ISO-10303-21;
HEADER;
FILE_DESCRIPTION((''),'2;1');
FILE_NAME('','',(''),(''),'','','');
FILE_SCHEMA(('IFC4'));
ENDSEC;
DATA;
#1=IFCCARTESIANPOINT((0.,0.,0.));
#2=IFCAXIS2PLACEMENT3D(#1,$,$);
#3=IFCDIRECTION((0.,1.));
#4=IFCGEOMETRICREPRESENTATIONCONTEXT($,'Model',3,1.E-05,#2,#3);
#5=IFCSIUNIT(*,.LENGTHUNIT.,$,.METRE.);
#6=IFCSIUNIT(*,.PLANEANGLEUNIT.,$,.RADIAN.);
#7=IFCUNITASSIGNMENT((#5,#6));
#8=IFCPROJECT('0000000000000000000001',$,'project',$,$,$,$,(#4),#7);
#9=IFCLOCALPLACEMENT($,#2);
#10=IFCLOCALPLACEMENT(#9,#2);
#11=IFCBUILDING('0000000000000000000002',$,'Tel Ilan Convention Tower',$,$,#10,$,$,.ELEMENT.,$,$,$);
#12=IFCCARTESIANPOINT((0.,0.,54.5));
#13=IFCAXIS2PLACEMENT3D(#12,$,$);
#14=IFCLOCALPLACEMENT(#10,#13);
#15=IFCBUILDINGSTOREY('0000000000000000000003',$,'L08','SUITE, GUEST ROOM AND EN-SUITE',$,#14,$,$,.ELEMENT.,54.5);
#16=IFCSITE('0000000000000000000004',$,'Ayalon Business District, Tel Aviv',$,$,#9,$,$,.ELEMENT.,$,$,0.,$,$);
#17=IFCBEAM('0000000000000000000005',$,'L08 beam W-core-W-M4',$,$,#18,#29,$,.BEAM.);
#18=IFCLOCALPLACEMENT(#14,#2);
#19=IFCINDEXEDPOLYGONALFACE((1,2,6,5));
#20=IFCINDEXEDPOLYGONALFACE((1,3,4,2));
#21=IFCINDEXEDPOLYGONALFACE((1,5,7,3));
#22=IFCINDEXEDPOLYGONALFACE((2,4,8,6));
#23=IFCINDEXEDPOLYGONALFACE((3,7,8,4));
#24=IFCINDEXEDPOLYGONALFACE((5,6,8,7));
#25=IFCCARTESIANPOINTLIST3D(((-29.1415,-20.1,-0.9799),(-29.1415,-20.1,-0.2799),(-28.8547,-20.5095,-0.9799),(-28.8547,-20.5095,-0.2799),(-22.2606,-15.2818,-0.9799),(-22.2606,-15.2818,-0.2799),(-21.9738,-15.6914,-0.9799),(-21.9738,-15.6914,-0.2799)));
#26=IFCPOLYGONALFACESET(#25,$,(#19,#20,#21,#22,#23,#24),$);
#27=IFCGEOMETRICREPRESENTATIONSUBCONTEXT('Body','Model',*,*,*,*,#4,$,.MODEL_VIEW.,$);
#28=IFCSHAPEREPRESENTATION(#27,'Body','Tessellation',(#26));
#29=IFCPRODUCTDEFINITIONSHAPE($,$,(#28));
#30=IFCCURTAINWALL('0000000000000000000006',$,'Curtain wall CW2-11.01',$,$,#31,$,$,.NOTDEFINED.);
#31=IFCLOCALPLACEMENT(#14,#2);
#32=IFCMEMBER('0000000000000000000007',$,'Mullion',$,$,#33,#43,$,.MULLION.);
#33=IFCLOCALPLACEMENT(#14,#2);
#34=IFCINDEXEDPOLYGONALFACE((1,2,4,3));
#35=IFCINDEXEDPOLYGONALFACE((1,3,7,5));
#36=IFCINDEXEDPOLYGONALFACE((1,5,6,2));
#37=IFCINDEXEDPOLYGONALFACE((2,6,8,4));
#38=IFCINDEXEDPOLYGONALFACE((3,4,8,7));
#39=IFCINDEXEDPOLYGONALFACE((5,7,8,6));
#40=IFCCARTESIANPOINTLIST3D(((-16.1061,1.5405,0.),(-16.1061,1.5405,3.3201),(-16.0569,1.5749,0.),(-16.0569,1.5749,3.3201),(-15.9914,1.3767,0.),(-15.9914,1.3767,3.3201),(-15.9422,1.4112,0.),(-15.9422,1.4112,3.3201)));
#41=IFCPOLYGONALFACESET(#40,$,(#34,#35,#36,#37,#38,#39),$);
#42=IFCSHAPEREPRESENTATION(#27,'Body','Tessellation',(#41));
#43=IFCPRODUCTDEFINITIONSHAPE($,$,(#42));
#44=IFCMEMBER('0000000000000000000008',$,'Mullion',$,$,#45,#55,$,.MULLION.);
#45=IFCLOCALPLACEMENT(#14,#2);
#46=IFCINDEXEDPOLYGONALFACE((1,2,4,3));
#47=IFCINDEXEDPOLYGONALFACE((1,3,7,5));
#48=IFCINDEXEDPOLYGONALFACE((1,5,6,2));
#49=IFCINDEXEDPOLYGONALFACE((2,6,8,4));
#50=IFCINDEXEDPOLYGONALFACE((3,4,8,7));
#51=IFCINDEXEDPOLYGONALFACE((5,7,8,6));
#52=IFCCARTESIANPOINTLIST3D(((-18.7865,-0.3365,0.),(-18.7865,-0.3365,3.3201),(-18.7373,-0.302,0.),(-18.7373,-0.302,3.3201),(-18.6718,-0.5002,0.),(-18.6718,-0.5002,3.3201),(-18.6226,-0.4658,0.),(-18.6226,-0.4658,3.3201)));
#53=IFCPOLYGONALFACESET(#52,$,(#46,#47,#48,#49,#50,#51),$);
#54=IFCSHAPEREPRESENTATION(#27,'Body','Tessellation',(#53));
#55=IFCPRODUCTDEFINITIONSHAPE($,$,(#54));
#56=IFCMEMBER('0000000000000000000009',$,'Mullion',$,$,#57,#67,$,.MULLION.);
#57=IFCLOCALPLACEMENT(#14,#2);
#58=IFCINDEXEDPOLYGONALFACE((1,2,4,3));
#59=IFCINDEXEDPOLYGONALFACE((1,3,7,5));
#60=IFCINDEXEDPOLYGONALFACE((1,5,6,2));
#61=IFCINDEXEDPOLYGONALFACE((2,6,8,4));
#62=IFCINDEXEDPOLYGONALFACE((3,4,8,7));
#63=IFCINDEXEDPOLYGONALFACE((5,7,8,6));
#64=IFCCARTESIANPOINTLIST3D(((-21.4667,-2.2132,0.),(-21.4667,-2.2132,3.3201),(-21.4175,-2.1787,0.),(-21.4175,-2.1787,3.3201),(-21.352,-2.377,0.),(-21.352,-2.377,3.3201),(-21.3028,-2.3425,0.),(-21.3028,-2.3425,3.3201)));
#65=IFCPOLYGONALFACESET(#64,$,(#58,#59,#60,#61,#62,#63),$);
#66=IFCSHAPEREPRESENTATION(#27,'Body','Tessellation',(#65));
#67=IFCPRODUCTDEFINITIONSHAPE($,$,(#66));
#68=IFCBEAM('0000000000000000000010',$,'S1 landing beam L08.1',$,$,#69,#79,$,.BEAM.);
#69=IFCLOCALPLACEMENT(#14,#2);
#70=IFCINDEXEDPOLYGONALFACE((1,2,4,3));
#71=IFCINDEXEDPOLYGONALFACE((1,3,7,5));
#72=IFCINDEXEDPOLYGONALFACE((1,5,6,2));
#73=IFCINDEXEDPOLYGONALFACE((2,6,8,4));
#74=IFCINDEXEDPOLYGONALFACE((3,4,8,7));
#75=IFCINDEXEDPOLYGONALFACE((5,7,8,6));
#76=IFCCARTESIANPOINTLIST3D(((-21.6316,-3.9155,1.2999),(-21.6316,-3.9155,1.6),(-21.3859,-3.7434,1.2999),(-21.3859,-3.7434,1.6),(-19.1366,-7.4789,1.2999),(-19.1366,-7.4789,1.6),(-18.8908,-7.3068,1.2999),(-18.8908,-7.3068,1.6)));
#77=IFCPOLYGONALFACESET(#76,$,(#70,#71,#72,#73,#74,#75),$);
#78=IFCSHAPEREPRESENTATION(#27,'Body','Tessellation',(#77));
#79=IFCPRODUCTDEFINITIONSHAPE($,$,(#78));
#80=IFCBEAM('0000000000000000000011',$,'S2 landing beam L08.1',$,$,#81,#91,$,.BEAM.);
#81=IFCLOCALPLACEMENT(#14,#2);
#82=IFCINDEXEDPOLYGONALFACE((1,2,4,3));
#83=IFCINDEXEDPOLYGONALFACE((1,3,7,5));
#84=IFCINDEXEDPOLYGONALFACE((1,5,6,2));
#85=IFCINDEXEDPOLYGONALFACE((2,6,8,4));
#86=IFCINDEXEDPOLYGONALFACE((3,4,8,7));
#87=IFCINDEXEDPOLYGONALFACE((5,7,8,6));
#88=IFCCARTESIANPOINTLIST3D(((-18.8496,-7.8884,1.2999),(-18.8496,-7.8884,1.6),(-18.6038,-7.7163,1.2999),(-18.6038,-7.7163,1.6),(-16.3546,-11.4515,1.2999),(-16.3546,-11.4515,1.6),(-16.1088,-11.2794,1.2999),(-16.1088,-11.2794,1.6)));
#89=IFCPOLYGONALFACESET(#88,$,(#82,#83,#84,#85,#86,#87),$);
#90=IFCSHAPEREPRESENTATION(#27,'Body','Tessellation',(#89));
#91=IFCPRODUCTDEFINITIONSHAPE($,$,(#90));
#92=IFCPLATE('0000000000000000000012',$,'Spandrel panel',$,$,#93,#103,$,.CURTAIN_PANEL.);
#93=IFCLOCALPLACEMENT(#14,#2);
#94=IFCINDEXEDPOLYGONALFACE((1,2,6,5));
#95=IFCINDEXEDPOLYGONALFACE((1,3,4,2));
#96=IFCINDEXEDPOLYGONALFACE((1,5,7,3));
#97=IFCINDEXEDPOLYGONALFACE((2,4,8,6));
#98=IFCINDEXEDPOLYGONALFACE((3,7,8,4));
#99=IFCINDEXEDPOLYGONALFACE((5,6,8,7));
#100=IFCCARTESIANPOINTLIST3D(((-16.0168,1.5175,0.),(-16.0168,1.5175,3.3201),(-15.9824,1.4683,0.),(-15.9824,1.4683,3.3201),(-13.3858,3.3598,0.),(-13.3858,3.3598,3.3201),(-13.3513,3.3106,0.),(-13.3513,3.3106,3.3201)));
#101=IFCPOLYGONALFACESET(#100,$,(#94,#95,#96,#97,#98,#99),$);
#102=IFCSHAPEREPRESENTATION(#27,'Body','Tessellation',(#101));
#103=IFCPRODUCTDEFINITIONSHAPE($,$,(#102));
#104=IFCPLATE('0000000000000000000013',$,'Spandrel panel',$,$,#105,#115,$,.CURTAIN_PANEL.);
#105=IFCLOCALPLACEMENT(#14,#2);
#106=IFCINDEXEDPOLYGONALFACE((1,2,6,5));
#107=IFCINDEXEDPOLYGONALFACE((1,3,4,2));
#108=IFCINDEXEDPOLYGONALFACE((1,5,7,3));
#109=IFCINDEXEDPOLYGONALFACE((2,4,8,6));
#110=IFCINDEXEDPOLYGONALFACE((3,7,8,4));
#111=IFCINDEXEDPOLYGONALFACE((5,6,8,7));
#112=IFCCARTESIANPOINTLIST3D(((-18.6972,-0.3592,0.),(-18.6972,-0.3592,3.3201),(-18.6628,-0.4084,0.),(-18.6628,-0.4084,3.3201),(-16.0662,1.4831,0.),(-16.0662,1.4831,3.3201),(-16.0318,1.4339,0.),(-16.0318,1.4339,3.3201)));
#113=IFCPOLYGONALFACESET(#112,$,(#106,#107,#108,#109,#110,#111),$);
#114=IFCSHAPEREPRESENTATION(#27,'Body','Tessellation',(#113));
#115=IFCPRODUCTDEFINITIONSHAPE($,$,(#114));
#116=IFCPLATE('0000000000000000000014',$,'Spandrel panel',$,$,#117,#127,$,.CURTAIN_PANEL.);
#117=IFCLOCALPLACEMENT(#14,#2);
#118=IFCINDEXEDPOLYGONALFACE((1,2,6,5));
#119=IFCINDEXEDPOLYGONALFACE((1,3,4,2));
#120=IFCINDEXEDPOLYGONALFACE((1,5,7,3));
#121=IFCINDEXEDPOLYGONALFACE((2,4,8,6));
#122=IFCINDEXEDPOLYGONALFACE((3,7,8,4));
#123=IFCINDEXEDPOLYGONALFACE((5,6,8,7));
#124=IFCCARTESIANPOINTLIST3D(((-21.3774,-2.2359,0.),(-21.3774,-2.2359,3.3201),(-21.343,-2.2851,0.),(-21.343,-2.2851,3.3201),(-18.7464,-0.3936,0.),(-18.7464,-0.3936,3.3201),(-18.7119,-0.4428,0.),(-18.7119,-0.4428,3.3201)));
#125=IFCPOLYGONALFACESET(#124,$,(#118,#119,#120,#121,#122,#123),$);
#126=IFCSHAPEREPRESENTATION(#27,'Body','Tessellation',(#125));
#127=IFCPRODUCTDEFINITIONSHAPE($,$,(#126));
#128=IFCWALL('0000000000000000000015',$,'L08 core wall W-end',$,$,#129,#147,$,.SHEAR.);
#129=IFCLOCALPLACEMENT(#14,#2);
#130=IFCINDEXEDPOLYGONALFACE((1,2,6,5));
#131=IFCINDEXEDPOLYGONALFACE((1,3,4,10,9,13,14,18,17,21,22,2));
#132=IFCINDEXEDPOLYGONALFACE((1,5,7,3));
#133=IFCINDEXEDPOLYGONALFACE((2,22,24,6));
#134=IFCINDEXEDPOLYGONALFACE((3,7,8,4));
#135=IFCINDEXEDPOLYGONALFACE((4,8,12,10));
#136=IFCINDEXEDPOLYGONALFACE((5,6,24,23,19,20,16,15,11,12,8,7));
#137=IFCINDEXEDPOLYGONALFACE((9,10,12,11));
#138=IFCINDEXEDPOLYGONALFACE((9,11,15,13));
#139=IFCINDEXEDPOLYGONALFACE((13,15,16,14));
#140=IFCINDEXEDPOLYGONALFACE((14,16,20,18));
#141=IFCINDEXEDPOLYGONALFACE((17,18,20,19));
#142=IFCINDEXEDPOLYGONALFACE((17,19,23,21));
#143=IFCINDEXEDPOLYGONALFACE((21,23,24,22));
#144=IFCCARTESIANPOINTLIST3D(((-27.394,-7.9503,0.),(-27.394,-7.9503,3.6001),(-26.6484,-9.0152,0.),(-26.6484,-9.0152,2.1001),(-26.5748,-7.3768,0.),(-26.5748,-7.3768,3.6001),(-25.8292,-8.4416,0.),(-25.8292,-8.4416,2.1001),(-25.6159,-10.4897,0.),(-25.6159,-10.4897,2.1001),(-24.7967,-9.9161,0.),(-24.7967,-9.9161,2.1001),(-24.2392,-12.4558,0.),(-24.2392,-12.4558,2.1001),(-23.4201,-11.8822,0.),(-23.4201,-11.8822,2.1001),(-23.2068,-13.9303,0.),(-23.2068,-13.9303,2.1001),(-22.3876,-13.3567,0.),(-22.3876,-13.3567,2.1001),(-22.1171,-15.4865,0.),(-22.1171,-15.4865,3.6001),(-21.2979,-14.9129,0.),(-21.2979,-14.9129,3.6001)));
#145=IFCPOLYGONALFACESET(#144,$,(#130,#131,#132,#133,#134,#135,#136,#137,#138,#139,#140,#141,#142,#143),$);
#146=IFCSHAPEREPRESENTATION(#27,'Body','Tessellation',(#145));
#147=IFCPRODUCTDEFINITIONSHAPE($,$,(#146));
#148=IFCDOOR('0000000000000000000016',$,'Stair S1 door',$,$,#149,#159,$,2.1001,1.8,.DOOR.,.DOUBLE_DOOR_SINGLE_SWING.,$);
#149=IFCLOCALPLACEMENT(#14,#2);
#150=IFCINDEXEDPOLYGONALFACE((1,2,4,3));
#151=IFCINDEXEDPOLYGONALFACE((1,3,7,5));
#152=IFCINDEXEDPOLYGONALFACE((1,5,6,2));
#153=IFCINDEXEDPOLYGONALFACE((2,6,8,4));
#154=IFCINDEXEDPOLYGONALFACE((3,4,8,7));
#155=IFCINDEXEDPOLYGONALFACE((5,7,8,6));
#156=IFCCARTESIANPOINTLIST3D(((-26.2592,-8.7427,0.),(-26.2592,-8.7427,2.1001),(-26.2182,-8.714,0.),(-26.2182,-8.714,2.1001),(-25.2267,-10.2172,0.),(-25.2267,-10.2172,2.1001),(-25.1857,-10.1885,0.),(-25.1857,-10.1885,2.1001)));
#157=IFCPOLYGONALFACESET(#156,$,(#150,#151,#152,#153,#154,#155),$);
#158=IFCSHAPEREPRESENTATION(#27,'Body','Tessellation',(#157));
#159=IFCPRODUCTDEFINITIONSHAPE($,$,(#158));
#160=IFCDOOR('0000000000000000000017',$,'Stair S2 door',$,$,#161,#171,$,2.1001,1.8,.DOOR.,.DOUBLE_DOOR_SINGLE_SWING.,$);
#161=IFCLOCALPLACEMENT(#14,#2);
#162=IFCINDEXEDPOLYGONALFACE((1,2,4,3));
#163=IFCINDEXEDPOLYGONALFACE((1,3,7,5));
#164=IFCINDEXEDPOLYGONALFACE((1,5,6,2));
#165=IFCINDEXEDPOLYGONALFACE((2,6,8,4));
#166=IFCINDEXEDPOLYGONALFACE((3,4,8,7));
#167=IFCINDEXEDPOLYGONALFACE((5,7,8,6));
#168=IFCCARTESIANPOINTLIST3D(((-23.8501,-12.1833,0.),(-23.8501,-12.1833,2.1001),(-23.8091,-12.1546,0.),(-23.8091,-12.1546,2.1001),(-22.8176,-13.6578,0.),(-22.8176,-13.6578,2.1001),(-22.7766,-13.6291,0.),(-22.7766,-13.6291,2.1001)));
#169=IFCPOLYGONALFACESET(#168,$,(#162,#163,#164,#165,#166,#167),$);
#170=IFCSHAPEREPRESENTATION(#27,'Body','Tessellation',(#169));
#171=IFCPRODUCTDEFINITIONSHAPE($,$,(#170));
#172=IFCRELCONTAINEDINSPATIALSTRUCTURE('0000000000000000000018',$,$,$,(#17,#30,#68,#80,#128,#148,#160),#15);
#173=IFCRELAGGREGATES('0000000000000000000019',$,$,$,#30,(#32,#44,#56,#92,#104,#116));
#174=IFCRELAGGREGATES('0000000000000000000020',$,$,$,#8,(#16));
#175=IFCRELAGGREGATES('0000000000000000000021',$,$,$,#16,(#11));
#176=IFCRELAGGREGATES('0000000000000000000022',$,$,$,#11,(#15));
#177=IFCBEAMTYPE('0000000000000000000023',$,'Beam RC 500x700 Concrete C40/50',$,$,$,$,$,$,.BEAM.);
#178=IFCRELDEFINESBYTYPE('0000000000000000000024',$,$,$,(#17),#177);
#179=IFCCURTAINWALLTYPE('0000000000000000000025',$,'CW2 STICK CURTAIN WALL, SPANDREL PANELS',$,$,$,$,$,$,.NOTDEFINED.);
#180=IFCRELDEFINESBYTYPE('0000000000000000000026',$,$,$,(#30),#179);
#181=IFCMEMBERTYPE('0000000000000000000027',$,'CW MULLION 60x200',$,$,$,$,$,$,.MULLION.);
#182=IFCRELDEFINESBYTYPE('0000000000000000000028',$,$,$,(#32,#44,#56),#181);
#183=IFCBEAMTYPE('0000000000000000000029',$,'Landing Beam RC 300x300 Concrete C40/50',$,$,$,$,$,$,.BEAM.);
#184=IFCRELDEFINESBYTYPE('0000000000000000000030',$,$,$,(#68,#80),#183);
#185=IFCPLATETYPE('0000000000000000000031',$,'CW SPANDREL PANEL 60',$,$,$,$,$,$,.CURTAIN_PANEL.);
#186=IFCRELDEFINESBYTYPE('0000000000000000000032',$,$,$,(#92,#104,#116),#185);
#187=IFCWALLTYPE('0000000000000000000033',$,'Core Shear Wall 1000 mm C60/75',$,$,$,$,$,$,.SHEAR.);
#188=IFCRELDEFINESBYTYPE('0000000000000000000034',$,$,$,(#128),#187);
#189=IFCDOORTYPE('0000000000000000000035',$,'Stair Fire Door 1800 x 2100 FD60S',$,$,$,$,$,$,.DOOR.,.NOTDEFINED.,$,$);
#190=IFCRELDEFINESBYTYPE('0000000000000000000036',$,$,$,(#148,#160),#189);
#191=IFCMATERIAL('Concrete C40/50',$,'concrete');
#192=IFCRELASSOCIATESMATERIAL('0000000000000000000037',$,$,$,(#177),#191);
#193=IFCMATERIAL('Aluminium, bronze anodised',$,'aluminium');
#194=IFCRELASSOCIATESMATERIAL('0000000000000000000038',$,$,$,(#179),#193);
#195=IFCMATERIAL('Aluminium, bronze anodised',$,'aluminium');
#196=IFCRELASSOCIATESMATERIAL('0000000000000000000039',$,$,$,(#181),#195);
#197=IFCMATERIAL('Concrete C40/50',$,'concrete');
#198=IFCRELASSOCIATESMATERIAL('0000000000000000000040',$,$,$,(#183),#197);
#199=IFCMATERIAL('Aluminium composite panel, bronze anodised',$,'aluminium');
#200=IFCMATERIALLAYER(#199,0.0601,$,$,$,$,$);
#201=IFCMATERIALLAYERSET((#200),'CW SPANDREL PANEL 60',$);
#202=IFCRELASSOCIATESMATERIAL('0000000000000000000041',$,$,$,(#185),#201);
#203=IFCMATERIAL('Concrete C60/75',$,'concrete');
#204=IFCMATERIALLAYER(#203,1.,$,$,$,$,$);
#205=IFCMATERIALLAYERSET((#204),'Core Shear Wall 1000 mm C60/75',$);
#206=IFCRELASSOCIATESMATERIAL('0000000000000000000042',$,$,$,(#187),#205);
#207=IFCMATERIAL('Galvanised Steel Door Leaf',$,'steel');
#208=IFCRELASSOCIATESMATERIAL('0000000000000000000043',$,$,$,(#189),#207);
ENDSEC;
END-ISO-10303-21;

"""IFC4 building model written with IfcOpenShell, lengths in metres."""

from ifc_helpers import new_model, si_unit, direction, frame, frame_2d, origin, origin_2d, place, context, subcontext, project, spatial, polyline, rectangle, outline, extrude, material, layer, layer_set, material_profile, profile_set, type_object, element, fill, aggregate, save


model = new_model("IFC4")

# Units and contexts
model_context = context("Model", 3, precision=1e-05, world=origin(), true_north=direction((0.0, 1.0)))
body_context = subcontext(model_context, "Body", "Model", "MODEL_VIEW")
ifc_project = project(units=[si_unit("LENGTHUNIT", "METRE"), si_unit("PLANEANGLEUNIT", "RADIAN")], contexts=[model_context])

# Site, building, storey
site_placement = place(None, origin())
site = spatial("IfcSite", under=ifc_project, at=site_placement, Name="Ayalon Business District, Tel Aviv", CompositionType="ELEMENT", RefElevation=0.0)
building_placement = place(site_placement, origin())
building = spatial("IfcBuilding", under=site, at=building_placement, Name="Tel Ilan Convention Tower", CompositionType="ELEMENT")
storey_placement = place(building_placement, frame((0.0, 0.0, 54.5)))
storey = spatial("IfcBuildingStorey", under=building, at=storey_placement, Name="L08", Description="SUITE, GUEST ROOM AND EN-SUITE", CompositionType="ELEMENT", Elevation=54.5)

# Beam
ifc_material_1 = material(Name="Concrete C40/50", Category="concrete")
ifc_material_profile_1 = material_profile(ifc_material_1, rectangle(XDim=0.5, YDim=0.7, at=origin_2d()), Name="RC 500x700")
ifc_profile_set_1 = profile_set([ifc_material_profile_1], Name="Concrete C40/50")
beam_type_1 = type_object("IfcBeamType", Name="Beam RC 500x700 Concrete C40/50", PredefinedType="BEAM", material=ifc_profile_set_1)
beam_1_placement = place(storey_placement, frame((-22.1172, -15.4866, -0.6299), z_axis=(-0.819147, -0.573583, 0.0), x_axis=(0.573583, -0.819147, 0.0)))
element("IfcBeam", 1, at=beam_1_placement, inside=storey, type_object=beam_type_1, Name="L08 beam W-core-W-M4", PredefinedType="BEAM", context=body_context, shape_type="SweptSolid", body=[
    extrude(rectangle(XDim=0.5, YDim=0.7, at=origin_2d()), origin(), (0.0, 0.0, 1.0), 8.4001),
])

# Curtain wall, members
ifc_material_2 = material(Name="Aluminium, bronze anodised", Category="aluminium")
curtain_wall_type = type_object("IfcCurtainWallType", Name="CW2 STICK CURTAIN WALL, SPANDREL PANELS", PredefinedType="NOTDEFINED", material=ifc_material_2)
curtain_wall_placement = place(storey_placement, origin())
curtain_wall = element("IfcCurtainWall", 2, at=curtain_wall_placement, inside=storey, type_object=curtain_wall_type, Name="Curtain wall CW2-11.01", PredefinedType="NOTDEFINED")
ifc_material_3 = material(Name="Aluminium, bronze anodised", Category="aluminium")
ifc_material_profile_2 = material_profile(ifc_material_3, rectangle(XDim=0.0601, YDim=0.2, at=origin_2d()), Name="CW MULLION 60x200")
ifc_profile_set_2 = profile_set([ifc_material_profile_2], Name="Aluminium, bronze anodised")
member_type = type_object("IfcMemberType", Name="CW MULLION 60x200", PredefinedType="MULLION", material=ifc_profile_set_2)
member_1_placement = place(storey_placement, frame((-16.0242, 1.4758, 0.0), z_axis=(0.0, 0.0, 1.0), x_axis=(-0.819152, -0.573576, 0.0)))
member_1 = element("IfcMember", 3, at=member_1_placement, type_object=member_type, Name="Mullion", PredefinedType="MULLION", context=body_context, shape_type="SweptSolid", body=[
    extrude(rectangle(XDim=0.0601, YDim=0.2, at=origin_2d()), origin(), (0.0, 0.0, 1.0), 3.3201),
])
member_2_placement = place(storey_placement, frame((-18.7046, -0.4011, 0.0), z_axis=(0.0, 0.0, 1.0), x_axis=(-0.819152, -0.573576, 0.0)))
member_2 = element("IfcMember", 4, at=member_2_placement, type_object=member_type, Name="Mullion", PredefinedType="MULLION", context=body_context, shape_type="SweptSolid", body=[
    extrude(rectangle(XDim=0.0601, YDim=0.2, at=origin_2d()), origin(), (0.0, 0.0, 1.0), 3.3201),
])
member_3_placement = place(storey_placement, frame((-21.3848, -2.2778, 0.0), z_axis=(0.0, 0.0, 1.0), x_axis=(-0.819152, -0.573576, 0.0)))
member_3 = element("IfcMember", 5, at=member_3_placement, type_object=member_type, Name="Mullion", PredefinedType="MULLION", context=body_context, shape_type="SweptSolid", body=[
    extrude(rectangle(XDim=0.0601, YDim=0.2, at=origin_2d()), origin(), (0.0, 0.0, 1.0), 3.3201),
])

# Beams
ifc_material_4 = material(Name="Concrete C40/50", Category="concrete")
ifc_material_profile_3 = material_profile(ifc_material_4, rectangle(XDim=0.3, YDim=0.3, at=origin_2d()), Name="RC 300x300")
ifc_profile_set_3 = profile_set([ifc_material_profile_3], Name="Concrete C40/50")
beam_type_2 = type_object("IfcBeamType", Name="Landing Beam RC 300x300 Concrete C40/50", PredefinedType="BEAM", material=ifc_profile_set_3)
beam_2_placement = place(storey_placement, frame((-19.0137, -7.3928, 1.45), z_axis=(-0.573568, 0.819158, 0.0), x_axis=(-0.819158, -0.573568, 0.0)))
element("IfcBeam", 6, at=beam_2_placement, inside=storey, type_object=beam_type_2, Name="S1 landing beam L08.1", PredefinedType="BEAM", context=body_context, shape_type="SweptSolid", body=[
    extrude(rectangle(XDim=0.3, YDim=0.3, at=origin_2d()), origin(), (0.0, 0.0, 1.0), 4.3501),
])
beam_3_placement = place(storey_placement, frame((-16.2317, -11.3655, 1.45), z_axis=(-0.573594, 0.81914, 0.0), x_axis=(-0.81914, -0.573594, 0.0)))
element("IfcBeam", 7, at=beam_3_placement, inside=storey, type_object=beam_type_2, Name="S2 landing beam L08.1", PredefinedType="BEAM", context=body_context, shape_type="SweptSolid", body=[
    extrude(rectangle(XDim=0.3, YDim=0.3, at=origin_2d()), origin(), (0.0, 0.0, 1.0), 4.3499),
])

# Plates
ifc_material_5 = material(Name="Aluminium composite panel, bronze anodised", Category="aluminium")
ifc_layer_1 = layer(ifc_material_5, 0.0601)
ifc_layer_set_1 = layer_set([ifc_layer_1], Name="CW SPANDREL PANEL 60")
plate_type = type_object("IfcPlateType", Name="CW SPANDREL PANEL 60", PredefinedType="CURTAIN_PANEL", material=ifc_layer_set_1)
plate_1_placement = place(storey_placement, frame((-14.6841, 2.4141, 0.0), z_axis=(0.0, 0.0, 1.0), x_axis=(-0.819152, -0.573576, 0.0)))
plate_1 = element("IfcPlate", 8, at=plate_1_placement, type_object=plate_type, Name="Spandrel panel", PredefinedType="CURTAIN_PANEL", context=body_context, shape_type="SweptSolid", body=[
    extrude(rectangle(XDim=3.2119, YDim=0.0601, at=origin_2d()), origin(), (0.0, 0.0, 1.0), 3.3201),
])
plate_2_placement = place(storey_placement, frame((-17.3645, 0.5374, 0.0), z_axis=(0.0, 0.0, 1.0), x_axis=(-0.819152, -0.573576, 0.0)))
plate_2 = element("IfcPlate", 9, at=plate_2_placement, type_object=plate_type, Name="Spandrel panel", PredefinedType="CURTAIN_PANEL", context=body_context, shape_type="SweptSolid", body=[
    extrude(rectangle(XDim=3.2119, YDim=0.0601, at=origin_2d()), origin(), (0.0, 0.0, 1.0), 3.3201),
])
plate_3_placement = place(storey_placement, frame((-20.0447, -1.3394, 0.0), z_axis=(0.0, 0.0, 1.0), x_axis=(-0.819152, -0.573576, 0.0)))
plate_3 = element("IfcPlate", 10, at=plate_3_placement, type_object=plate_type, Name="Spandrel panel", PredefinedType="CURTAIN_PANEL", context=body_context, shape_type="SweptSolid", body=[
    extrude(rectangle(XDim=3.2119, YDim=0.0601, at=origin_2d()), origin(), (0.0, 0.0, 1.0), 3.3201),
])
aggregate(curtain_wall, [member_1, member_2, member_3, plate_1, plate_2, plate_3])

# Wall, openings, doors
ifc_material_6 = material(Name="Concrete C60/75", Category="concrete")
ifc_layer_2 = layer(ifc_material_6, 1.0)
ifc_layer_set_2 = layer_set([ifc_layer_2], Name="Core Shear Wall 1000 mm C60/75")
wall_type_1 = type_object("IfcWallType", Name="Core Shear Wall 1000 mm C60/75", PredefinedType="SHEAR", material=ifc_layer_set_2)
wall_1_placement = place(storey_placement, frame((-21.7075, -15.1997, 0.0), z_axis=(0.0, 0.0, 1.0), x_axis=(-0.573576, 0.819152, 0.0)))
wall_1 = element("IfcWall", 11, at=wall_1_placement, inside=storey, type_object=wall_type_1, Name="L08 core wall W-end", PredefinedType="SHEAR", context=body_context, shape_type="SweptSolid", body=[
    extrude(outline(polyline([(0.0, 0.5), (0.0, -0.5), (9.2, -0.5), (9.2, 0.5), (0.0, 0.5)])), origin(), (0.0, 0.0, 1.0), 3.6001),
])
opening_1_placement = place(wall_1_placement, frame((6.1001, 0.0, 0.0)))
opening_1 = element("IfcOpeningElement", 12, at=opening_1_placement, cuts=wall_1, PredefinedType="OPENING", context=body_context, shape_type="SweptSolid", body=[
    extrude(rectangle(XDim=1.8, YDim=2.1001, at=frame_2d((0.8999, 1.05))), frame((0.0, 0.51, 0.0), z_axis=(0.0, -1.0, 0.0), x_axis=(1.0, 0.0, 0.0)), (0.0, 0.0, 1.0), 1.02),
])
opening_2_placement = place(wall_1_placement, frame((1.8999, 0.0, 0.0)))
opening_2 = element("IfcOpeningElement", 13, at=opening_2_placement, cuts=wall_1, PredefinedType="OPENING", context=body_context, shape_type="SweptSolid", body=[
    extrude(rectangle(XDim=1.8, YDim=2.1001, at=frame_2d((0.8999, 1.05))), frame((0.0, 0.51, 0.0), z_axis=(0.0, -1.0, 0.0), x_axis=(1.0, 0.0, 0.0)), (0.0, 0.0, 1.0), 1.02),
])
ifc_material_7 = material(Name="Galvanised Steel Door Leaf", Category="steel")
door_type_1 = type_object("IfcDoorType", Name="Stair Fire Door 1800 x 2100 FD60S", OperationType="NOTDEFINED", PredefinedType="DOOR", material=ifc_material_7)
door_1_placement = place(opening_1_placement, origin())
door_1 = element("IfcDoor", 14, at=door_1_placement, inside=storey, type_object=door_type_1, Name="Stair S1 door", OperationType="DOUBLE_DOOR_SINGLE_SWING", OverallHeight=2.1001, OverallWidth=1.8, PredefinedType="DOOR", context=body_context, shape_type="SweptSolid", body=[
    extrude(rectangle(XDim=1.8, YDim=2.1001, at=frame_2d((0.8999, 1.05))), frame((0.0, 0.0249, 0.0), z_axis=(0.0, -1.0, 0.0), x_axis=(1.0, 0.0, 0.0)), (0.0, 0.0, 1.0), 0.05),
])
fill(opening_1, door_1)
door_2_placement = place(opening_2_placement, origin())
door_2 = element("IfcDoor", 15, at=door_2_placement, inside=storey, type_object=door_type_1, Name="Stair S2 door", OperationType="DOUBLE_DOOR_SINGLE_SWING", OverallHeight=2.1001, OverallWidth=1.8, PredefinedType="DOOR", context=body_context, shape_type="SweptSolid", body=[
    extrude(rectangle(XDim=1.8, YDim=2.1001, at=frame_2d((0.8999, 1.05))), frame((0.0, 0.0249, 0.0), z_axis=(0.0, -1.0, 0.0), x_axis=(1.0, 0.0, 0.0)), (0.0, 0.0, 1.0), 0.05),
])
fill(opening_2, door_2)

save(model, "model.ifc")
